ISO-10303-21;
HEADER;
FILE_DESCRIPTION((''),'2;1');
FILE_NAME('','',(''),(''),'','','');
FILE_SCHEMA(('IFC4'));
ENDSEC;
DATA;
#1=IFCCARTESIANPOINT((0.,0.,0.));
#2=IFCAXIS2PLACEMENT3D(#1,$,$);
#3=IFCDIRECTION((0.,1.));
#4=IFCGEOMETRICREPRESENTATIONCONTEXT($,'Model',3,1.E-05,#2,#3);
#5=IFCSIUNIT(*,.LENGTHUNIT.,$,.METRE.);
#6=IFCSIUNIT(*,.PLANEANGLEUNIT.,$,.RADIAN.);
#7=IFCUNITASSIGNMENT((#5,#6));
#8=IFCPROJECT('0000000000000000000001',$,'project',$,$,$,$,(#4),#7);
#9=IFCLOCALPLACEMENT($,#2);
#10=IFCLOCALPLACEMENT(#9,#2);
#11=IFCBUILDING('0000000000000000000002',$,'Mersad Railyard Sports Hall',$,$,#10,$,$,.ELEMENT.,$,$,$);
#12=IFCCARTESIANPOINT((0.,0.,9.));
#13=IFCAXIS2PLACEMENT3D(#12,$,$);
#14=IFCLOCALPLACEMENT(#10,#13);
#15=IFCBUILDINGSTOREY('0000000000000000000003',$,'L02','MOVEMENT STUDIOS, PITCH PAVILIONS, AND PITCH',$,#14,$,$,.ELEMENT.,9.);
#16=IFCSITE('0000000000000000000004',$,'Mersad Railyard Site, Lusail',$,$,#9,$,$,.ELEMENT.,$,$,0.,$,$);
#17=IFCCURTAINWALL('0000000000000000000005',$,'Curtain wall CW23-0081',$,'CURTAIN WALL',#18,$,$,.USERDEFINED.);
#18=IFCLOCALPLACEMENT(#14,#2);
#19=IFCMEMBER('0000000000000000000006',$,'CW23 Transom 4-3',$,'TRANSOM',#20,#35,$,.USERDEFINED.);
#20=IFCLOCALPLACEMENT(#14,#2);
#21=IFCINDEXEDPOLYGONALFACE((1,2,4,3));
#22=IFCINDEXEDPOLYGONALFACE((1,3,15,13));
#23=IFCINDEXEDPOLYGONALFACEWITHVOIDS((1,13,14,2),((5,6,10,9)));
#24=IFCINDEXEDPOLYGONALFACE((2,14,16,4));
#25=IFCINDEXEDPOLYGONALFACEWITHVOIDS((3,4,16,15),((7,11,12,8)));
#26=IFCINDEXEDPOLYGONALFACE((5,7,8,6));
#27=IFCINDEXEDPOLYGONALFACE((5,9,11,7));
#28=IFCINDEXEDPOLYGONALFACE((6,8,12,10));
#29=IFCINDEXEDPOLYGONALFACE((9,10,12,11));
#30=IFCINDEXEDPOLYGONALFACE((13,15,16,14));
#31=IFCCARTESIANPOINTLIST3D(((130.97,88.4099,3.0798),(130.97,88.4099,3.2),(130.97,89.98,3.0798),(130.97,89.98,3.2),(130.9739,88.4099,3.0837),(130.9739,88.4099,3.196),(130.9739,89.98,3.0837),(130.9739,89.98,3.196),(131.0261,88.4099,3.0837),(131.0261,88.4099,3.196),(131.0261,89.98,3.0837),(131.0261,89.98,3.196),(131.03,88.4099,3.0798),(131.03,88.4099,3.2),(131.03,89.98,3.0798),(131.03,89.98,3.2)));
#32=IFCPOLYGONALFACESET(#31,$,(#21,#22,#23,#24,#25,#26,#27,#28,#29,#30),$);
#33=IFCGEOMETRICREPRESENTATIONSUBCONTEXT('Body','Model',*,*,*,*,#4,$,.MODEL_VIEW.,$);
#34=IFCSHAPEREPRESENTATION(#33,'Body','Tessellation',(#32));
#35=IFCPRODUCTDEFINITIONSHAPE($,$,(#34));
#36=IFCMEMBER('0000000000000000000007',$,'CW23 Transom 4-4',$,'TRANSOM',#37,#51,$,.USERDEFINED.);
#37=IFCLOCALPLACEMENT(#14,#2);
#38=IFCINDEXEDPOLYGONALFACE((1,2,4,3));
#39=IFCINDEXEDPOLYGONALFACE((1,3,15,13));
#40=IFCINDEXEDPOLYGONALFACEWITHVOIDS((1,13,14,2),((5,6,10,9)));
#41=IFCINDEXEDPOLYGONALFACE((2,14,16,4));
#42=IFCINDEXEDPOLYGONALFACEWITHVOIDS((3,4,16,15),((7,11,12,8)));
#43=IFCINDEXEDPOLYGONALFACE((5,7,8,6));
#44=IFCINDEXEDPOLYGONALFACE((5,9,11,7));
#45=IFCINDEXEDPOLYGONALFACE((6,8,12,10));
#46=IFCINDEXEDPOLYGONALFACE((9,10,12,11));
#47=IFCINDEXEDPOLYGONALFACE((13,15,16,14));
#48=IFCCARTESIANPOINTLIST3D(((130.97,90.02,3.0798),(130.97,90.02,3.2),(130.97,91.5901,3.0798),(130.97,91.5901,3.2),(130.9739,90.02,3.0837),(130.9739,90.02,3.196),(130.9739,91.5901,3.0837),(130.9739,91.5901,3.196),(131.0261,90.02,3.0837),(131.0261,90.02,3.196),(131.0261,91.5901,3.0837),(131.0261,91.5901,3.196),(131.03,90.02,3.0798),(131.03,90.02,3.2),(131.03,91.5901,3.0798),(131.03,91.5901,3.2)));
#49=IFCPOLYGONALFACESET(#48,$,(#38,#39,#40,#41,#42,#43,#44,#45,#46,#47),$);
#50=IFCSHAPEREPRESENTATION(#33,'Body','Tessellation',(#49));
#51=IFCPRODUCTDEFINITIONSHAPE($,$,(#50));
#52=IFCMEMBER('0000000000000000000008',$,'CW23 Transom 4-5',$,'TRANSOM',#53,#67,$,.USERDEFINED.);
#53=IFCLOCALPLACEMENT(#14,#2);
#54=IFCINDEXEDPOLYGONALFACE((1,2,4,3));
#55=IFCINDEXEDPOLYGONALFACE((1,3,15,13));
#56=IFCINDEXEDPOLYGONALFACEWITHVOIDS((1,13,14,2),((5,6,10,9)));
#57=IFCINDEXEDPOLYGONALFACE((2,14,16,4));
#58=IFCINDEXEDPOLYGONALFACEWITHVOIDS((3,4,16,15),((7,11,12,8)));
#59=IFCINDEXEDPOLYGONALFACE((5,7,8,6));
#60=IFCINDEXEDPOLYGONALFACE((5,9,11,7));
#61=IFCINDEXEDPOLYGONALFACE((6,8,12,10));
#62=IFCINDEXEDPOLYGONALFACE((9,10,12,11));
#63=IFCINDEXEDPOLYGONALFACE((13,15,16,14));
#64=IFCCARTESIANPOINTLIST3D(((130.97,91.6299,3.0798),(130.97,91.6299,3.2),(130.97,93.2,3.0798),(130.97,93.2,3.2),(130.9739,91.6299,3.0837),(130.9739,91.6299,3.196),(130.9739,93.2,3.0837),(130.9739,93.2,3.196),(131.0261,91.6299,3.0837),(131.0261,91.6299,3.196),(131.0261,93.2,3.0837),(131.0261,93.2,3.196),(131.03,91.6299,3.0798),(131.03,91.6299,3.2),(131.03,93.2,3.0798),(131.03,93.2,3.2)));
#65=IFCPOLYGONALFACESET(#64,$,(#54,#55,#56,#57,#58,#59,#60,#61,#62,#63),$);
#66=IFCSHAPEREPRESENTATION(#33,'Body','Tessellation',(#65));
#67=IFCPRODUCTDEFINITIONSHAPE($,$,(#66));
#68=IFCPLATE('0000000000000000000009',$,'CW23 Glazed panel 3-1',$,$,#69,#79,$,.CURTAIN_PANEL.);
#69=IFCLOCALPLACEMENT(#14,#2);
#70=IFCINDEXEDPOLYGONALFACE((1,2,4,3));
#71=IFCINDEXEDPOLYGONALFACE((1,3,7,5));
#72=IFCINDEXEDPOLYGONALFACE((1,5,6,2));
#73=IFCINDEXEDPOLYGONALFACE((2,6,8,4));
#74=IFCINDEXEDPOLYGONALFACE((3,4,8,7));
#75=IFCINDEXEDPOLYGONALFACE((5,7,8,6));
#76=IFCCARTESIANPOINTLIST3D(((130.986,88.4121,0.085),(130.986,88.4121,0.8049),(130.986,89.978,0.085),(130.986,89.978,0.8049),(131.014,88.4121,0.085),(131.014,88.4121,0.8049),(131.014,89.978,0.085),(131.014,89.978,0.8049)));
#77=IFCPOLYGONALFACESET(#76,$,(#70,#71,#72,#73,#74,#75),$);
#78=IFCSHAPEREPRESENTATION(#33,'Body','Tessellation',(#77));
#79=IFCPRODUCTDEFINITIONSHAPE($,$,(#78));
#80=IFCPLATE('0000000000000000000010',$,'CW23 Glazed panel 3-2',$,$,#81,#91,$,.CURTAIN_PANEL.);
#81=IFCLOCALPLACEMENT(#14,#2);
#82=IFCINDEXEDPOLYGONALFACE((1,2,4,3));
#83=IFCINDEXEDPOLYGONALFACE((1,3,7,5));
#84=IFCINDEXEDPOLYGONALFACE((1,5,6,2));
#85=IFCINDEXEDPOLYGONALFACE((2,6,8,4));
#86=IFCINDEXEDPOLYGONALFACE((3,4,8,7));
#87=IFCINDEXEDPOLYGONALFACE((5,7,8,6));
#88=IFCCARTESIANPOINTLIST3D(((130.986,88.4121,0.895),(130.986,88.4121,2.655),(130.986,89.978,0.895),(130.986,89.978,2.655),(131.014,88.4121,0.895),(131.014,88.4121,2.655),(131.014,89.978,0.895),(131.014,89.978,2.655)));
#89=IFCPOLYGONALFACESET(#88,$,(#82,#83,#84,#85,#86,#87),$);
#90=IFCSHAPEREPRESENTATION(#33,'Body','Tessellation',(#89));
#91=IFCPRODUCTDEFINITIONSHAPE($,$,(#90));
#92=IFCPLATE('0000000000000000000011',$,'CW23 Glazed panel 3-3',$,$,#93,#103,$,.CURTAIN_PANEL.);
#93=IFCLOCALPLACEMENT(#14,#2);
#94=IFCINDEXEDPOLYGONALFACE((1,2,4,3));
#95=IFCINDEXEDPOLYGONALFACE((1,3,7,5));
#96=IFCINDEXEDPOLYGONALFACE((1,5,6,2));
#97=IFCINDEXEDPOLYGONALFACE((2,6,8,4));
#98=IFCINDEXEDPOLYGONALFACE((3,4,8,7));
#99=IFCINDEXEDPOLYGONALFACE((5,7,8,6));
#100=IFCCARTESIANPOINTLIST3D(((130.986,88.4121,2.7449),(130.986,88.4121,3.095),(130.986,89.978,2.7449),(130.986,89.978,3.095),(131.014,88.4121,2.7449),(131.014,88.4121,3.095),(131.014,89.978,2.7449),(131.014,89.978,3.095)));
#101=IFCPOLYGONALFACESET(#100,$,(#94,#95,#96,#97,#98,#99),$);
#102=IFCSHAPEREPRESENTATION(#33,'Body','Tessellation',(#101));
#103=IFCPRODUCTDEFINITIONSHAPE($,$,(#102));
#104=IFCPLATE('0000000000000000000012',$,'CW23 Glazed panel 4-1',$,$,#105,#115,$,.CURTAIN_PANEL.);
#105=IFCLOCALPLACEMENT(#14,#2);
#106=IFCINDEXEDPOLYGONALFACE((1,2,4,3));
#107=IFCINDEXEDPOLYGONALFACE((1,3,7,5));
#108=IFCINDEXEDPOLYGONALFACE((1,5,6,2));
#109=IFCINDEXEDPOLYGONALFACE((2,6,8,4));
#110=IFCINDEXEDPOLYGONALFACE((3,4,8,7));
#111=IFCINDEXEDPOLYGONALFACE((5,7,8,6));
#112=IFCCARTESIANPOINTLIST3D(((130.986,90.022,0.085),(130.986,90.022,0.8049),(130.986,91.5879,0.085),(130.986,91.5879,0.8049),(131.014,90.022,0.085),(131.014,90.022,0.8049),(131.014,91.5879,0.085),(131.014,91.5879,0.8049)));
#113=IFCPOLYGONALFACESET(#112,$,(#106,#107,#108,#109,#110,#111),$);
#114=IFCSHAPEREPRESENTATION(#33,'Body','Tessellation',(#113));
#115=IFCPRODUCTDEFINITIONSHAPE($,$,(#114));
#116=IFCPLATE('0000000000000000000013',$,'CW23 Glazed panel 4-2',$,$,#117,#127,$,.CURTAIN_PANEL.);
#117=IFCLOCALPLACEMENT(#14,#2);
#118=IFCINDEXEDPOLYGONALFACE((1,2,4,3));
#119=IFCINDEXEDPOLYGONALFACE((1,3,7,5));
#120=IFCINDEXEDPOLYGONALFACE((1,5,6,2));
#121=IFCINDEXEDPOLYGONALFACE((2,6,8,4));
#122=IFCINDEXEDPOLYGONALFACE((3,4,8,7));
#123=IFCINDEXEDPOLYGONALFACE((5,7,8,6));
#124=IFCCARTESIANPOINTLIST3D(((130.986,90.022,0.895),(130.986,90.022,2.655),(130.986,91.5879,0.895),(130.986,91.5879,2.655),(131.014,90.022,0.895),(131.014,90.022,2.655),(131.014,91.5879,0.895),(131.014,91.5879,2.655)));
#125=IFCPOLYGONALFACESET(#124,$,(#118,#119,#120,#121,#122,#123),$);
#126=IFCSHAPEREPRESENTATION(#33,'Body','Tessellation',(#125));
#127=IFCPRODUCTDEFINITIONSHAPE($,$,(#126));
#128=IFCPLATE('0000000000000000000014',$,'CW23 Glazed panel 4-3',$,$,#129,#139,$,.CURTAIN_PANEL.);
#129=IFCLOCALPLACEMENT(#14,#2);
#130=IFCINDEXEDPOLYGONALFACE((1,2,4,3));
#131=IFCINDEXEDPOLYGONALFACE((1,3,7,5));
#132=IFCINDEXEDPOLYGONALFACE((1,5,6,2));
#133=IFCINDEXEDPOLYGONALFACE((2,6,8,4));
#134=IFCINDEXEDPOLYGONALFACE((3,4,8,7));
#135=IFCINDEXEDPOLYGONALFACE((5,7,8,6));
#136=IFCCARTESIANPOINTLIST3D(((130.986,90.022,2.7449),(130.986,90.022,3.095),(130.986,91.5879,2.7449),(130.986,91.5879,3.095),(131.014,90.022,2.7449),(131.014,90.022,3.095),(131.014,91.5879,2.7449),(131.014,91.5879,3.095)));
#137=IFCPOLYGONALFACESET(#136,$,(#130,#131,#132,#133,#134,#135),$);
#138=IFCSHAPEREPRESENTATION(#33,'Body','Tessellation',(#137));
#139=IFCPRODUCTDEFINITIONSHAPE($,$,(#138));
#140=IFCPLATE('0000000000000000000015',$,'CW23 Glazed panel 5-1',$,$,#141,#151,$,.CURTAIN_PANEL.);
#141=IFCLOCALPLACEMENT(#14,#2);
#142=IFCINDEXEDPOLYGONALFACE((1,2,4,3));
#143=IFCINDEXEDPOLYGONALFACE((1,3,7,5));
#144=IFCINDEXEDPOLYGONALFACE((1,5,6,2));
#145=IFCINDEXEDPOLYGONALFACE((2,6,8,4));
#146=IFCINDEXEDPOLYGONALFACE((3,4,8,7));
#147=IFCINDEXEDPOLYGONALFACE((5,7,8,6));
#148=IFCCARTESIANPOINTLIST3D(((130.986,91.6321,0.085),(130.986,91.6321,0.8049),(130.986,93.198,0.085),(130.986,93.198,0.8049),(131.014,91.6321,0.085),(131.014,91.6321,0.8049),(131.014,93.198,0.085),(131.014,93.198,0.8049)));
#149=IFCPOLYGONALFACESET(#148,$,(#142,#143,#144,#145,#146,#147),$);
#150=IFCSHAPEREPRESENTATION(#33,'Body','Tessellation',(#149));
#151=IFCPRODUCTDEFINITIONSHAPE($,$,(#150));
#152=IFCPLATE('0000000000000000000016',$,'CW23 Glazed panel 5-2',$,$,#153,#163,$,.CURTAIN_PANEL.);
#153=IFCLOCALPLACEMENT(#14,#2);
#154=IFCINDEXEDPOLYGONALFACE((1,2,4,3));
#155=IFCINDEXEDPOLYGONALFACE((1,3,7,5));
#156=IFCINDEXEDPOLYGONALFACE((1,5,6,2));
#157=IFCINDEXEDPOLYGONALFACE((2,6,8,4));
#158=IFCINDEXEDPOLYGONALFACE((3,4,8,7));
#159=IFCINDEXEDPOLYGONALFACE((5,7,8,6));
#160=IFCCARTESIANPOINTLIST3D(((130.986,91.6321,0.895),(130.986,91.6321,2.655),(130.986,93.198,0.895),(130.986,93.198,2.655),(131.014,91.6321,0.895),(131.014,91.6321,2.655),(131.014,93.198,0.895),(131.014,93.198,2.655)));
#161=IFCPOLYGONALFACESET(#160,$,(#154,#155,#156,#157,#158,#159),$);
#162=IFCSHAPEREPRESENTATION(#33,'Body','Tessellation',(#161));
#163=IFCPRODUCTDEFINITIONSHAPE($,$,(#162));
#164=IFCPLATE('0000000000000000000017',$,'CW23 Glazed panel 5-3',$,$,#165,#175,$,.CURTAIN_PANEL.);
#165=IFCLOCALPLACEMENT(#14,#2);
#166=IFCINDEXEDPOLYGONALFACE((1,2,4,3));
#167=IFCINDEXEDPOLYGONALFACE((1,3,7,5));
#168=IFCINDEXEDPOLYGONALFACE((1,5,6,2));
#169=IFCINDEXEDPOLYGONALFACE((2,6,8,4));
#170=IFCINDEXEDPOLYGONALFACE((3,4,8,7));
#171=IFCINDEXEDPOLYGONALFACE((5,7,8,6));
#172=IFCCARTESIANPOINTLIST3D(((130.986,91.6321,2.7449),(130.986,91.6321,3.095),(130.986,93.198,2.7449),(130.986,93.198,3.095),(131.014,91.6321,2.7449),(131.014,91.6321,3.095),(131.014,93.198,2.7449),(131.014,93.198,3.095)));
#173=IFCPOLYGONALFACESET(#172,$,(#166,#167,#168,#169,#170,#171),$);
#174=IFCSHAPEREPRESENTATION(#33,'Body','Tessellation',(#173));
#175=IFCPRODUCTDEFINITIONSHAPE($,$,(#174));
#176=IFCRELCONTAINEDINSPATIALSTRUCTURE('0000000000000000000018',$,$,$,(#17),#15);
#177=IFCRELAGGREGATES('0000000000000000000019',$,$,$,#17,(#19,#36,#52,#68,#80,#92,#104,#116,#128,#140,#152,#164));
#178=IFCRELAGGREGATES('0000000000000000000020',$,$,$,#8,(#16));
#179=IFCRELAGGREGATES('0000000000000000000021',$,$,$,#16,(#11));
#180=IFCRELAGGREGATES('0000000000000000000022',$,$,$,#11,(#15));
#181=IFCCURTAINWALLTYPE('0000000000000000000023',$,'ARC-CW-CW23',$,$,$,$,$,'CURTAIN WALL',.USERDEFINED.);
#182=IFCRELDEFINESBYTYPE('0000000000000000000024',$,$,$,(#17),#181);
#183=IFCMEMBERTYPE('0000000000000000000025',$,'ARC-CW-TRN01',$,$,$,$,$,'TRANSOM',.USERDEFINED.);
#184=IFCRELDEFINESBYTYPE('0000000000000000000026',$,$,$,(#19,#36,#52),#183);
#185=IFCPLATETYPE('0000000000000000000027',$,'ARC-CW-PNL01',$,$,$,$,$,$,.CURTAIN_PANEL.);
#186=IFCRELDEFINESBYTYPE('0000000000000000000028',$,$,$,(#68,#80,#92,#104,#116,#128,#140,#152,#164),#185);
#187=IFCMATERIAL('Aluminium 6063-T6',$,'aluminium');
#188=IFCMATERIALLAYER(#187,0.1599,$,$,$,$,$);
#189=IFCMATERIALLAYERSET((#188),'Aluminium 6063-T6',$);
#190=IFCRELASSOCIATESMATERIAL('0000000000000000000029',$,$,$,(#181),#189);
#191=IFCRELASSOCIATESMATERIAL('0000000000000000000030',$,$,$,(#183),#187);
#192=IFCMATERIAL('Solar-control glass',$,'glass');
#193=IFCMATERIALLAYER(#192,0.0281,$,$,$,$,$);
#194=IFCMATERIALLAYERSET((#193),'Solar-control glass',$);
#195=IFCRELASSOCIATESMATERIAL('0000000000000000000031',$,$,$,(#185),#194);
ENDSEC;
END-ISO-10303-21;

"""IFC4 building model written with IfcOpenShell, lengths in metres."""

from ifc_helpers import new_model, si_unit, direction, frame, origin, origin_2d, place, context, subcontext, project, spatial, rectangle, hollow_rectangle, extrude, material, layer, layer_set, material_profile, profile_set, type_object, element, aggregate, save


model = new_model("IFC4")

# Units and contexts
model_context = context("Model", 3, precision=1e-05, world=origin(), true_north=direction((0.0, 1.0)))
body_context = subcontext(model_context, "Body", "Model", "MODEL_VIEW")
ifc_project = project(units=[si_unit("LENGTHUNIT", "METRE"), si_unit("PLANEANGLEUNIT", "RADIAN")], contexts=[model_context])

# Site, building, storey
site_placement = place(None, origin())
site = spatial("IfcSite", under=ifc_project, at=site_placement, Name="Mersad Railyard Site, Lusail", CompositionType="ELEMENT", RefElevation=0.0)
building_placement = place(site_placement, origin())
building = spatial("IfcBuilding", under=site, at=building_placement, Name="Mersad Railyard Sports Hall", CompositionType="ELEMENT")
storey_placement = place(building_placement, frame((0.0, 0.0, 9.0)))
storey = spatial("IfcBuildingStorey", under=building, at=storey_placement, Name="L02", Description="MOVEMENT STUDIOS, PITCH PAVILIONS, AND PITCH", CompositionType="ELEMENT", Elevation=9.0)

# Curtain wall, members, plates
ifc_material_1 = material(Name="Aluminium 6063-T6", Category="aluminium")
ifc_layer_1 = layer(ifc_material_1, 0.1599)
ifc_layer_set_1 = layer_set([ifc_layer_1], Name="Aluminium 6063-T6")
curtain_wall_type = type_object("IfcCurtainWallType", Name="ARC-CW-CW23", ElementType="CURTAIN WALL", PredefinedType="USERDEFINED", material=ifc_layer_set_1)
curtain_wall_placement = place(storey_placement, origin())
curtain_wall = element("IfcCurtainWall", 1, at=curtain_wall_placement, inside=storey, type_object=curtain_wall_type, Name="Curtain wall CW23-0081", ObjectType="CURTAIN WALL", PredefinedType="USERDEFINED")
ifc_material_profile_1 = material_profile(ifc_material_1, hollow_rectangle(XDim=0.0601, YDim=0.1201, WallThickness=0.0039, at=origin_2d()), Name="AL TRANSOM 60x120x4")
ifc_profile_set_1 = profile_set([ifc_material_profile_1], Name="Aluminium 6063-T6")
member_type_1 = type_object("IfcMemberType", Name="ARC-CW-TRN01", ElementType="TRANSOM", PredefinedType="USERDEFINED", material=ifc_profile_set_1)
member_1_placement = place(storey_placement, frame((131.0, 88.4099, 3.1399), z_axis=(0.0, 1.0, 0.0), x_axis=(-1.0, 0.0, 0.0)))
member_1 = element("IfcMember", 2, at=member_1_placement, type_object=member_type_1, Name="CW23 Transom 4-3", ObjectType="TRANSOM", PredefinedType="USERDEFINED", context=body_context, shape_type="SweptSolid", body=[
    extrude(hollow_rectangle(XDim=0.0601, YDim=0.1201, WallThickness=0.0039, at=origin_2d()), origin(), (0.0, 0.0, 1.0), 1.5701),
])
member_2_placement = place(storey_placement, frame((131.0, 90.02, 3.1399), z_axis=(0.0, 1.0, 0.0), x_axis=(-1.0, 0.0, 0.0)))
member_2 = element("IfcMember", 3, at=member_2_placement, type_object=member_type_1, Name="CW23 Transom 4-4", ObjectType="TRANSOM", PredefinedType="USERDEFINED", context=body_context, shape_type="SweptSolid", body=[
    extrude(hollow_rectangle(XDim=0.0601, YDim=0.1201, WallThickness=0.0039, at=origin_2d()), origin(), (0.0, 0.0, 1.0), 1.5701),
])
member_3_placement = place(storey_placement, frame((131.0, 91.6299, 3.1399), z_axis=(0.0, 1.0, 0.0), x_axis=(-1.0, 0.0, 0.0)))
member_3 = element("IfcMember", 4, at=member_3_placement, type_object=member_type_1, Name="CW23 Transom 4-5", ObjectType="TRANSOM", PredefinedType="USERDEFINED", context=body_context, shape_type="SweptSolid", body=[
    extrude(hollow_rectangle(XDim=0.0601, YDim=0.1201, WallThickness=0.0039, at=origin_2d()), origin(), (0.0, 0.0, 1.0), 1.5701),
])
ifc_material_2 = material(Name="Solar-control glass", Category="glass")
ifc_layer_2 = layer(ifc_material_2, 0.0281)
ifc_layer_set_2 = layer_set([ifc_layer_2], Name="Solar-control glass")
plate_type = type_object("IfcPlateType", Name="ARC-CW-PNL01", PredefinedType="CURTAIN_PANEL", material=ifc_layer_set_2)
plate_1_placement = place(storey_placement, frame((131.0, 89.1951, 0.085), z_axis=(0.0, 0.0, 1.0), x_axis=(0.0, 1.0, 0.0)))
plate_1 = element("IfcPlate", 5, at=plate_1_placement, type_object=plate_type, Name="CW23 Glazed panel 3-1", PredefinedType="CURTAIN_PANEL", context=body_context, shape_type="SweptSolid", body=[
    extrude(rectangle(XDim=1.5659, YDim=0.0281, at=origin_2d()), origin(), (0.0, 0.0, 1.0), 0.72),
])
plate_2_placement = place(storey_placement, frame((131.0, 89.1951, 0.895), z_axis=(0.0, 0.0, 1.0), x_axis=(0.0, 1.0, 0.0)))
plate_2 = element("IfcPlate", 6, at=plate_2_placement, type_object=plate_type, Name="CW23 Glazed panel 3-2", PredefinedType="CURTAIN_PANEL", context=body_context, shape_type="SweptSolid", body=[
    extrude(rectangle(XDim=1.5659, YDim=0.0281, at=origin_2d()), origin(), (0.0, 0.0, 1.0), 1.76),
])
plate_3_placement = place(storey_placement, frame((131.0, 89.1951, 2.7449), z_axis=(0.0, 0.0, 1.0), x_axis=(0.0, 1.0, 0.0)))
plate_3 = element("IfcPlate", 7, at=plate_3_placement, type_object=plate_type, Name="CW23 Glazed panel 3-3", PredefinedType="CURTAIN_PANEL", context=body_context, shape_type="SweptSolid", body=[
    extrude(rectangle(XDim=1.5659, YDim=0.0281, at=origin_2d()), origin(), (0.0, 0.0, 1.0), 0.3501),
])
plate_4_placement = place(storey_placement, frame((131.0, 90.8049, 0.085), z_axis=(0.0, 0.0, 1.0), x_axis=(0.0, 1.0, 0.0)))
plate_4 = element("IfcPlate", 8, at=plate_4_placement, type_object=plate_type, Name="CW23 Glazed panel 4-1", PredefinedType="CURTAIN_PANEL", context=body_context, shape_type="SweptSolid", body=[
    extrude(rectangle(XDim=1.5659, YDim=0.0281, at=origin_2d()), origin(), (0.0, 0.0, 1.0), 0.72),
])
plate_5_placement = place(storey_placement, frame((131.0, 90.8049, 0.895), z_axis=(0.0, 0.0, 1.0), x_axis=(0.0, 1.0, 0.0)))
plate_5 = element("IfcPlate", 9, at=plate_5_placement, type_object=plate_type, Name="CW23 Glazed panel 4-2", PredefinedType="CURTAIN_PANEL", context=body_context, shape_type="SweptSolid", body=[
    extrude(rectangle(XDim=1.5659, YDim=0.0281, at=origin_2d()), origin(), (0.0, 0.0, 1.0), 1.76),
])
plate_6_placement = place(storey_placement, frame((131.0, 90.8049, 2.7449), z_axis=(0.0, 0.0, 1.0), x_axis=(0.0, 1.0, 0.0)))
plate_6 = element("IfcPlate", 10, at=plate_6_placement, type_object=plate_type, Name="CW23 Glazed panel 4-3", PredefinedType="CURTAIN_PANEL", context=body_context, shape_type="SweptSolid", body=[
    extrude(rectangle(XDim=1.5659, YDim=0.0281, at=origin_2d()), origin(), (0.0, 0.0, 1.0), 0.3501),
])
plate_7_placement = place(storey_placement, frame((131.0, 92.415, 0.085), z_axis=(0.0, 0.0, 1.0), x_axis=(0.0, 1.0, 0.0)))
plate_7 = element("IfcPlate", 11, at=plate_7_placement, type_object=plate_type, Name="CW23 Glazed panel 5-1", PredefinedType="CURTAIN_PANEL", context=body_context, shape_type="SweptSolid", body=[
    extrude(rectangle(XDim=1.5659, YDim=0.0281, at=origin_2d()), origin(), (0.0, 0.0, 1.0), 0.72),
])
plate_8_placement = place(storey_placement, frame((131.0, 92.415, 0.895), z_axis=(0.0, 0.0, 1.0), x_axis=(0.0, 1.0, 0.0)))
plate_8 = element("IfcPlate", 12, at=plate_8_placement, type_object=plate_type, Name="CW23 Glazed panel 5-2", PredefinedType="CURTAIN_PANEL", context=body_context, shape_type="SweptSolid", body=[
    extrude(rectangle(XDim=1.5659, YDim=0.0281, at=origin_2d()), origin(), (0.0, 0.0, 1.0), 1.76),
])
plate_9_placement = place(storey_placement, frame((131.0, 92.415, 2.7449), z_axis=(0.0, 0.0, 1.0), x_axis=(0.0, 1.0, 0.0)))
plate_9 = element("IfcPlate", 13, at=plate_9_placement, type_object=plate_type, Name="CW23 Glazed panel 5-3", PredefinedType="CURTAIN_PANEL", context=body_context, shape_type="SweptSolid", body=[
    extrude(rectangle(XDim=1.5659, YDim=0.0281, at=origin_2d()), origin(), (0.0, 0.0, 1.0), 0.3501),
])
aggregate(curtain_wall, [member_1, member_2, member_3, plate_1, plate_2, plate_3, plate_4, plate_5, plate_6, plate_7, plate_8, plate_9])

save(model, "model.ifc")
